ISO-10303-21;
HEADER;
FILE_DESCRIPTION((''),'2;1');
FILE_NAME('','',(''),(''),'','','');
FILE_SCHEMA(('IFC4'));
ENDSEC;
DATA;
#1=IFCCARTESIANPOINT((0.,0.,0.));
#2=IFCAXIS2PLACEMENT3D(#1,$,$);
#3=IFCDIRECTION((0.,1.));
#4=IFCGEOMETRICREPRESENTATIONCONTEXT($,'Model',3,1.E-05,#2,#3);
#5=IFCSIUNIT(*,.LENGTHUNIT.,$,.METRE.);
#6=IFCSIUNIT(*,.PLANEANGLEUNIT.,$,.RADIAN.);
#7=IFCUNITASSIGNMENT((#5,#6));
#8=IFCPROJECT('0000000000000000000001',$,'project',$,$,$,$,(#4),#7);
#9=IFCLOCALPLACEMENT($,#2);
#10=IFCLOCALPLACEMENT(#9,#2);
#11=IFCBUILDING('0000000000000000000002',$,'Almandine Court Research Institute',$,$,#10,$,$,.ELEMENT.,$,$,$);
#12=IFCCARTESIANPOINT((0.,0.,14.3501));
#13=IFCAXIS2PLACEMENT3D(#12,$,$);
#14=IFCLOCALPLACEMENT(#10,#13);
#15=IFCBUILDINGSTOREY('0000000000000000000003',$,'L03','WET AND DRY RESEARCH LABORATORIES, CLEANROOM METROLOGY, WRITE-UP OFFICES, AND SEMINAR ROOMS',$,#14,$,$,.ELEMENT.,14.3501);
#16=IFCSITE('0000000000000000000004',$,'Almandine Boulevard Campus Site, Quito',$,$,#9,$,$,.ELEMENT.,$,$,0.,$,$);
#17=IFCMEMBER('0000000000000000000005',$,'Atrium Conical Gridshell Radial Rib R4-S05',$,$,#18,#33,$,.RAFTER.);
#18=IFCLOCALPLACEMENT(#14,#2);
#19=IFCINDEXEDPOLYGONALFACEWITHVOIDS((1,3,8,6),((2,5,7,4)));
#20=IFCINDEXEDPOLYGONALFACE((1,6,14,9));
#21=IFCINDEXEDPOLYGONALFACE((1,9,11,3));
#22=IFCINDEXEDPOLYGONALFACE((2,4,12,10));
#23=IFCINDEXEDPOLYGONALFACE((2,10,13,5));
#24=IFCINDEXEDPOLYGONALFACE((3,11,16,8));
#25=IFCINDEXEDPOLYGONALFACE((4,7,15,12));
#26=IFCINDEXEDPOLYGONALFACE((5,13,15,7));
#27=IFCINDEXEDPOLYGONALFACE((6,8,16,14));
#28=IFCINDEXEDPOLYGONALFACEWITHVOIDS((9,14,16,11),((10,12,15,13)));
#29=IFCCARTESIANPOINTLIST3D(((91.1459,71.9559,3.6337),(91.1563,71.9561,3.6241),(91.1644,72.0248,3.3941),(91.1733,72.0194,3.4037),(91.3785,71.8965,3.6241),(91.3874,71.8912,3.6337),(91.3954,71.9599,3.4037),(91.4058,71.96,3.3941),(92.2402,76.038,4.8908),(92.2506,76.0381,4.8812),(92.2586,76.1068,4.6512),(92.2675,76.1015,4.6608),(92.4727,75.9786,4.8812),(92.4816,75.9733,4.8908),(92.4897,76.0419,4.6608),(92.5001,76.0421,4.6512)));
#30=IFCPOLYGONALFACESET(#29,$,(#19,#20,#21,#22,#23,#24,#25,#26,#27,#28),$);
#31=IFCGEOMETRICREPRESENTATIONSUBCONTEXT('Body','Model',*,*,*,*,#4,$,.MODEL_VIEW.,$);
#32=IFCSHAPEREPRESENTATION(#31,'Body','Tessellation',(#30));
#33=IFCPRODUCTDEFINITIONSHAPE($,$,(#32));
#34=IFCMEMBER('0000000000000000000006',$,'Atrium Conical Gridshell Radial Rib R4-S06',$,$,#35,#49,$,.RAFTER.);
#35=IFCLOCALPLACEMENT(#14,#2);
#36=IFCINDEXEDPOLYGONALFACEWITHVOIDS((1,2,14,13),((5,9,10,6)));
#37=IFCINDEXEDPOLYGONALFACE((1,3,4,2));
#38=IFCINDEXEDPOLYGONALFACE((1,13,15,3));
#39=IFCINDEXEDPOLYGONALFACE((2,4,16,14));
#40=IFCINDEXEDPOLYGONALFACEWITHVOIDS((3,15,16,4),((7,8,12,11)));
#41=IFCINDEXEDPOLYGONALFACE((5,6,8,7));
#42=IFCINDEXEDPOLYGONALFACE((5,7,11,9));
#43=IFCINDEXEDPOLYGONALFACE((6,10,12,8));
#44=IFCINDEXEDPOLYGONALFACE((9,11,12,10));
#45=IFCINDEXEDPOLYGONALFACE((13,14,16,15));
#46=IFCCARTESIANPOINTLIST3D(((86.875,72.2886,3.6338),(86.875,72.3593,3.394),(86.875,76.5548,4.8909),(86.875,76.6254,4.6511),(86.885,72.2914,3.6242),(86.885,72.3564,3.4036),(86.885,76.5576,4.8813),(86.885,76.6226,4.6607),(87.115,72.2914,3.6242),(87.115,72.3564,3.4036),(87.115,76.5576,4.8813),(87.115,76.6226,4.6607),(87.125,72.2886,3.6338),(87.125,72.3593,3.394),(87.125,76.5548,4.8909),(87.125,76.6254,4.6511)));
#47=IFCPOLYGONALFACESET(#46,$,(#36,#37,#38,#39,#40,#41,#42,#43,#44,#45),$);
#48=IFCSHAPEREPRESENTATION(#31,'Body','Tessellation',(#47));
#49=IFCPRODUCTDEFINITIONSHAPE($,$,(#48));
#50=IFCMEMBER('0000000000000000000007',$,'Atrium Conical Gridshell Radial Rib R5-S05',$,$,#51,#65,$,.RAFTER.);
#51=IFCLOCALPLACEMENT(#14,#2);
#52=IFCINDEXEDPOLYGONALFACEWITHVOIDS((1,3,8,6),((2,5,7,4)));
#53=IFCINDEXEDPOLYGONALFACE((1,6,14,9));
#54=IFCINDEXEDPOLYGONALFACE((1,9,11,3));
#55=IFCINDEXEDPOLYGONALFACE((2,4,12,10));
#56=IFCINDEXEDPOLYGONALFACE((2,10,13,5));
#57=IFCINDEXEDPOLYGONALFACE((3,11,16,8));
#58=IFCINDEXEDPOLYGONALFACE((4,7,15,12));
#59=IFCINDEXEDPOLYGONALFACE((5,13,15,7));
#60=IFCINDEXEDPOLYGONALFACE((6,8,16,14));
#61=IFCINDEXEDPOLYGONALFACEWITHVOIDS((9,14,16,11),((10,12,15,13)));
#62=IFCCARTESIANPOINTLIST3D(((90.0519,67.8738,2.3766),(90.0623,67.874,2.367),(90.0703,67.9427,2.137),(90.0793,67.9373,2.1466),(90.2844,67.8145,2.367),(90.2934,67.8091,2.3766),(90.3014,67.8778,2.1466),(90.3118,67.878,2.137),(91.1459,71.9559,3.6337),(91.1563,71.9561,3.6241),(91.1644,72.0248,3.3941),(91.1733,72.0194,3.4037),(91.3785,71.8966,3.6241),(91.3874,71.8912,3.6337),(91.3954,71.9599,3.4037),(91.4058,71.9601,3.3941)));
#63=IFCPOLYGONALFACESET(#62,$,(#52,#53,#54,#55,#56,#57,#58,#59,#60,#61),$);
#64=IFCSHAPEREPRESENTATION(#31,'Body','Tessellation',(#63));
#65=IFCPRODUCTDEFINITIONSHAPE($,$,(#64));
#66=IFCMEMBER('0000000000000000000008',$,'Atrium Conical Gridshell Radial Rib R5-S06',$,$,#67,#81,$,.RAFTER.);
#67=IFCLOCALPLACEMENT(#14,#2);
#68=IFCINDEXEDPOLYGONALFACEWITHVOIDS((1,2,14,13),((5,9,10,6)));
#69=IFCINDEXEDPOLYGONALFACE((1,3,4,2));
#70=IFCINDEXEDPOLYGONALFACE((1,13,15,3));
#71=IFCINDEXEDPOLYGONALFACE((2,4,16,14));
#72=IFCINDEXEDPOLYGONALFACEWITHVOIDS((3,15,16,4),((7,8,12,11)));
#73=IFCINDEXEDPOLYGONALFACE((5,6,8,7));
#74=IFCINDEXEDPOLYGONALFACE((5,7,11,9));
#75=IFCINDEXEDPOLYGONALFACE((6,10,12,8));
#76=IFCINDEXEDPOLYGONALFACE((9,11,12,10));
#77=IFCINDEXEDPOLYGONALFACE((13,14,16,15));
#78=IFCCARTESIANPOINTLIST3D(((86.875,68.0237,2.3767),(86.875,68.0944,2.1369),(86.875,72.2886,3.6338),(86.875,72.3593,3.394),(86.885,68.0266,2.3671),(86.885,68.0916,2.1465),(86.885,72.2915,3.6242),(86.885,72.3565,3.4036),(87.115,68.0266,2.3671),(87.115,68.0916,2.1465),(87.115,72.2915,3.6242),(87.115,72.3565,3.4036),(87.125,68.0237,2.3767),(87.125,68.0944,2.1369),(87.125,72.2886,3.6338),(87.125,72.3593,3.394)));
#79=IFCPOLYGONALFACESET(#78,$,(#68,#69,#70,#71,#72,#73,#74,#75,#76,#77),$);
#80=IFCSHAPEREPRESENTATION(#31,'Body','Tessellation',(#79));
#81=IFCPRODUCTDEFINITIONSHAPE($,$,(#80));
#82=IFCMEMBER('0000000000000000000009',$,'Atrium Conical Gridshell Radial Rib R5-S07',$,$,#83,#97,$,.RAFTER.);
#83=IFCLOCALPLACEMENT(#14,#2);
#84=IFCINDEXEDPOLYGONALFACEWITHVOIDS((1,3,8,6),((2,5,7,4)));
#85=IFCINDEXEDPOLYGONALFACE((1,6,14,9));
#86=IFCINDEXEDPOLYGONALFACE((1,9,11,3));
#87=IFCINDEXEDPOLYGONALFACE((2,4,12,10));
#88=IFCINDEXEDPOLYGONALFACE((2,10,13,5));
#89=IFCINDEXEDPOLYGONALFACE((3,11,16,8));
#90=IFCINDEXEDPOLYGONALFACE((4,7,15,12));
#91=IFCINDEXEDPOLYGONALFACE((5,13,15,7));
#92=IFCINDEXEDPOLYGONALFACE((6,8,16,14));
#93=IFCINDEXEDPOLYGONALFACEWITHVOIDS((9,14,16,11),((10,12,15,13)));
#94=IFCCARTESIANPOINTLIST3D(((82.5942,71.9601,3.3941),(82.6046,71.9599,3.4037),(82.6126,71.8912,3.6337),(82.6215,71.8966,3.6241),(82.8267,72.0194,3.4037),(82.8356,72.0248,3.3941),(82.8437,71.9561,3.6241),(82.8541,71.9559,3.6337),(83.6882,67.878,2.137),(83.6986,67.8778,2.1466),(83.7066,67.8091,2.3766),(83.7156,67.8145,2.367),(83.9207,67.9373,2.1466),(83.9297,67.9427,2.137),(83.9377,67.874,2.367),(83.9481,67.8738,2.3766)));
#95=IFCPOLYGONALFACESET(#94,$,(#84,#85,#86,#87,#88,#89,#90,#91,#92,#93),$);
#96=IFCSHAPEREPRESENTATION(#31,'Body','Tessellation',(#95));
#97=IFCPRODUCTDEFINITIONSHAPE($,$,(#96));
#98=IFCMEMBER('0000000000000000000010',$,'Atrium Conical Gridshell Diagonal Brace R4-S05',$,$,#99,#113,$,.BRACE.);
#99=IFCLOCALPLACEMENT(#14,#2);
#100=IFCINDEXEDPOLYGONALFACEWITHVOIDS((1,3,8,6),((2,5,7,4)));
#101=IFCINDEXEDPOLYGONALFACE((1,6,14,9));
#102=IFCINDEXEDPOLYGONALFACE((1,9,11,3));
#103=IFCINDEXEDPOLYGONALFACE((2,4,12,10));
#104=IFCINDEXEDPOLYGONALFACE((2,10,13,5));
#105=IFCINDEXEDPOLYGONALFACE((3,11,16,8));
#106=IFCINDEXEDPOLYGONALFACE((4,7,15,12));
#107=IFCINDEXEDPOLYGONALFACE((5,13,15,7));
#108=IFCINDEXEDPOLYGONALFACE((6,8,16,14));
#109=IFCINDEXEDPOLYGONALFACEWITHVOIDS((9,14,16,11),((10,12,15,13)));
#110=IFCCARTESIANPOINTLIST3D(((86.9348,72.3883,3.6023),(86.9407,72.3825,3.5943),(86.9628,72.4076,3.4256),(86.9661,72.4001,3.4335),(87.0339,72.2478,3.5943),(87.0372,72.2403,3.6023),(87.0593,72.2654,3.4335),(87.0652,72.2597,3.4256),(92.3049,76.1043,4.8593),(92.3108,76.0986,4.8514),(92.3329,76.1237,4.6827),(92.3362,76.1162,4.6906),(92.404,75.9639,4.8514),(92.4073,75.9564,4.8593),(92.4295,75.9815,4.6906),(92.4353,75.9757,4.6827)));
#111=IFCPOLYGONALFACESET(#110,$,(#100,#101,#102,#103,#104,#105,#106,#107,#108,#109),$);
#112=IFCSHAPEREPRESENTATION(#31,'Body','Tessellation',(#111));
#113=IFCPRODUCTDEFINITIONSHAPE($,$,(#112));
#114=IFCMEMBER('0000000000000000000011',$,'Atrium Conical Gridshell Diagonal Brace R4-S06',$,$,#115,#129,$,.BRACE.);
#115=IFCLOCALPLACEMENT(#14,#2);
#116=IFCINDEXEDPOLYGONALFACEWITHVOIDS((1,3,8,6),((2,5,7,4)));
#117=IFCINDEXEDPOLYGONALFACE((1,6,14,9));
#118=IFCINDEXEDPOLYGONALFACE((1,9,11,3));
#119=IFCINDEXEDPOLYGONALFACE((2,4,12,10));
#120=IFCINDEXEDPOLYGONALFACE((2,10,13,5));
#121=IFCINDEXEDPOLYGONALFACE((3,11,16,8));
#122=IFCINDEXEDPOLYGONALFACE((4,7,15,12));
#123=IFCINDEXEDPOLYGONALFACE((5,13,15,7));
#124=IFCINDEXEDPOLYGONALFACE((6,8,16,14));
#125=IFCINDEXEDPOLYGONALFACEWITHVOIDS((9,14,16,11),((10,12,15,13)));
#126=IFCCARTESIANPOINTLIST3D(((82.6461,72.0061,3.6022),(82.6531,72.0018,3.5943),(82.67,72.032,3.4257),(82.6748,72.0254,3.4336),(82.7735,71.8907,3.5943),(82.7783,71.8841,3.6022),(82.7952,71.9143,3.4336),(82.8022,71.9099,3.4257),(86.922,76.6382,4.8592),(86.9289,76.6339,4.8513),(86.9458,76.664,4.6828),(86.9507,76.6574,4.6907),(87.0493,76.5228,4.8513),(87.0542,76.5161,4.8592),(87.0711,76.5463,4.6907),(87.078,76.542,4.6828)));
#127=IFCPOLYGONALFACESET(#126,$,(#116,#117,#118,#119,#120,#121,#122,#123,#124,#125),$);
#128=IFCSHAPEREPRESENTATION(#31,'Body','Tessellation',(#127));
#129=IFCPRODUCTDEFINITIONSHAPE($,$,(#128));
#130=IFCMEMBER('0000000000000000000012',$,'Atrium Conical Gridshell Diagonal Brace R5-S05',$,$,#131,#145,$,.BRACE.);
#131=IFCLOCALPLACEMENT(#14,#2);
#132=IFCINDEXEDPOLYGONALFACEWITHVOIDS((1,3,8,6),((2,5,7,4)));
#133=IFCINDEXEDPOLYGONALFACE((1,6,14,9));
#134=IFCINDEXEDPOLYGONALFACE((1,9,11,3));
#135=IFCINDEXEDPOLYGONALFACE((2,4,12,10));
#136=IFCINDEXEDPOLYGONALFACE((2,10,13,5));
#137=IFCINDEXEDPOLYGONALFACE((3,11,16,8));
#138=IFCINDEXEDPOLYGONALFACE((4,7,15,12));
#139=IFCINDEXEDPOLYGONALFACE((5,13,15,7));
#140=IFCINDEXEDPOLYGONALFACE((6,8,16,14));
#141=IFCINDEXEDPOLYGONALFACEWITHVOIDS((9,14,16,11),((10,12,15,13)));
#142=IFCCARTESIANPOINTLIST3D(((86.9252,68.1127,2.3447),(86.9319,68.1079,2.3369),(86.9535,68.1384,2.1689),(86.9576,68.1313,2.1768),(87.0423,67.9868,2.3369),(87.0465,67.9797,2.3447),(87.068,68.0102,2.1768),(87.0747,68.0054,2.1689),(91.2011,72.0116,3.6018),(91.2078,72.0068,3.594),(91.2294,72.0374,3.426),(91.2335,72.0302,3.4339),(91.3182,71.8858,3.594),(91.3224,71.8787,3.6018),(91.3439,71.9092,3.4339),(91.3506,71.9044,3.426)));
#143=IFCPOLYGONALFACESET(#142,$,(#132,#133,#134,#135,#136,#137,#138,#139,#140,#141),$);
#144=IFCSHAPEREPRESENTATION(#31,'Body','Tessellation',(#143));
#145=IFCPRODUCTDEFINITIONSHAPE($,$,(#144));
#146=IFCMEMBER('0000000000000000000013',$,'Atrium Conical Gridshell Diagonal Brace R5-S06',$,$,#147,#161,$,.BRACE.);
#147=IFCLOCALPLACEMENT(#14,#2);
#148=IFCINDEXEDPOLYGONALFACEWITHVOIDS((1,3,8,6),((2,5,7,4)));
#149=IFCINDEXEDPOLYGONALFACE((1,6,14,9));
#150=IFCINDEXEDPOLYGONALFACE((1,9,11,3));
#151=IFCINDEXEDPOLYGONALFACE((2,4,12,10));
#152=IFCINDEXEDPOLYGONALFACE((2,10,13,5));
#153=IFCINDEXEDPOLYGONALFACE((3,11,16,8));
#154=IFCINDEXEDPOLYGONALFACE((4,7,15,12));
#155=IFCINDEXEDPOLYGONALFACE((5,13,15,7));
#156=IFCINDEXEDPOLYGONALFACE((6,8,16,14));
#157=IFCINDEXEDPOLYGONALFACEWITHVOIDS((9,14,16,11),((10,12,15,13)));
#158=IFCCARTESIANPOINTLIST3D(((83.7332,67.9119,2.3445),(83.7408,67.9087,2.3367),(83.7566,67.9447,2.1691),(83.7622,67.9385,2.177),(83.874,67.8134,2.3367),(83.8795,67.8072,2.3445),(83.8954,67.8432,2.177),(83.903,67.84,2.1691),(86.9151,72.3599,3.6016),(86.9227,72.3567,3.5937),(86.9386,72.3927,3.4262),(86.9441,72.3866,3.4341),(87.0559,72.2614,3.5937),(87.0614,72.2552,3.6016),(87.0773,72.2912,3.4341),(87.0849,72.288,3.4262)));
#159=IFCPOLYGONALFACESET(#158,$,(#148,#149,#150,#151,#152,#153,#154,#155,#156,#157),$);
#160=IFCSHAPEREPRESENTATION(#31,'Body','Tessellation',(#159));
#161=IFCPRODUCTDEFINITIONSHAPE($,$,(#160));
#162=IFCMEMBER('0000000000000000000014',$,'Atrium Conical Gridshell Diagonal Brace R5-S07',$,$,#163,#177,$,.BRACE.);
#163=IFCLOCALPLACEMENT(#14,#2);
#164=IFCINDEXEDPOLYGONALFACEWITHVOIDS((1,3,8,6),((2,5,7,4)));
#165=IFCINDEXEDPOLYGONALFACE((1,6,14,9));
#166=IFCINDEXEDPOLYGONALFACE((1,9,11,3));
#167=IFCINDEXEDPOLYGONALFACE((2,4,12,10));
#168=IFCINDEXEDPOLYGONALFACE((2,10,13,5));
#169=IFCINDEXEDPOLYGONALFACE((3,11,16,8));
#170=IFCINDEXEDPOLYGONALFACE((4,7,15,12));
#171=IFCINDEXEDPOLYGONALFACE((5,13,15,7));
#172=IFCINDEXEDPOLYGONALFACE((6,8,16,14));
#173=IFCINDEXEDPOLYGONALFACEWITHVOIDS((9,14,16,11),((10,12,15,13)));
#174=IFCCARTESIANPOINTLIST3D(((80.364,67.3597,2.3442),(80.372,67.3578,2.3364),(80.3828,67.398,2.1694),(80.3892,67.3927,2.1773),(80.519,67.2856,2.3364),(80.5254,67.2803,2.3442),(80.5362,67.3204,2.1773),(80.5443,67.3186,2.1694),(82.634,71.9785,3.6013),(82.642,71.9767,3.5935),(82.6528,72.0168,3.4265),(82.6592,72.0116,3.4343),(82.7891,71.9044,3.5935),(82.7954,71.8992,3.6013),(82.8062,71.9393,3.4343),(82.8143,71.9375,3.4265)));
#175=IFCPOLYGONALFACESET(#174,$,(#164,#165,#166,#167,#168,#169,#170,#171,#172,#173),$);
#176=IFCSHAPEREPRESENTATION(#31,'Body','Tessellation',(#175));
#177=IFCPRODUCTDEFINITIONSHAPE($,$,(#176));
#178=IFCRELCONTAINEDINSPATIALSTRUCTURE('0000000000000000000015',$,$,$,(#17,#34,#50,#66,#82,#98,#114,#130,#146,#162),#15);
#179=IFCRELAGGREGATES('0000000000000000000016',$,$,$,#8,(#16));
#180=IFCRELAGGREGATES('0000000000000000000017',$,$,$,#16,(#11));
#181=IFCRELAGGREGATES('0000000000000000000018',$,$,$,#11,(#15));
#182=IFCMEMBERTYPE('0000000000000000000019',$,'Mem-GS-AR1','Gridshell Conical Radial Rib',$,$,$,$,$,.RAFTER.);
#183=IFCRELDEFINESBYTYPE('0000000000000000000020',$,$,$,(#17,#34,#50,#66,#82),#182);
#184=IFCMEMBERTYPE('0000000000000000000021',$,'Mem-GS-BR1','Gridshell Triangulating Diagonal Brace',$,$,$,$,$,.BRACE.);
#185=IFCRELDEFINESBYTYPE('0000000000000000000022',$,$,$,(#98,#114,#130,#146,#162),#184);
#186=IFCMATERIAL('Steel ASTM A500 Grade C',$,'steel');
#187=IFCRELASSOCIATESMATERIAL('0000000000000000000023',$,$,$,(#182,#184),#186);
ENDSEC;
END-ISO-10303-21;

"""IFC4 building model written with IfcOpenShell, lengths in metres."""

from ifc_helpers import new_model, si_unit, direction, frame, origin, origin_2d, place, context, subcontext, project, spatial, hollow_rectangle, extrude, material, material_profile, profile_set, type_object, element, save


model = new_model("IFC4")

# Units and contexts
model_context = context("Model", 3, precision=1e-05, world=origin(), true_north=direction((0.0, 1.0)))
body_context = subcontext(model_context, "Body", "Model", "MODEL_VIEW")
ifc_project = project(units=[si_unit("LENGTHUNIT", "METRE"), si_unit("PLANEANGLEUNIT", "RADIAN")], contexts=[model_context])

# Site, building, storey
site_placement = place(None, origin())
site = spatial("IfcSite", under=ifc_project, at=site_placement, Name="Almandine Boulevard Campus Site, Quito", CompositionType="ELEMENT", RefElevation=0.0)
building_placement = place(site_placement, origin())
building = spatial("IfcBuilding", under=site, at=building_placement, Name="Almandine Court Research Institute", CompositionType="ELEMENT")
storey_placement = place(building_placement, frame((0.0, 0.0, 14.3501)))
storey = spatial("IfcBuildingStorey", under=building, at=storey_placement, Name="L03", Description="WET AND DRY RESEARCH LABORATORIES, CLEANROOM METROLOGY, WRITE-UP OFFICES, AND SEMINAR ROOMS", CompositionType="ELEMENT", Elevation=14.3501)

# Members
ifc_material_1 = material(Name="Steel ASTM A500 Grade C", Category="steel")
ifc_material_profile_1 = material_profile(ifc_material_1, hollow_rectangle(XDim=0.25, YDim=0.25, WallThickness=0.01, at=origin_2d()), Name="HSS 250x250x10")
ifc_profile_set_1 = profile_set([ifc_material_profile_1], Name="Steel ASTM A500 Grade C")
member_type_1 = type_object("IfcMemberType", Name="Mem-GS-AR1", Description="Gridshell Conical Radial Rib", PredefinedType="RAFTER", material=ifc_profile_set_1)
member_1_placement = place(storey_placement, frame((92.3701, 76.04, 4.771), z_axis=(-0.248175, -0.92581, -0.285107), x_axis=(0.965899, -0.258921, 0.0)))
element("IfcMember", 1, at=member_1_placement, inside=storey, type_object=member_type_1, Name="Atrium Conical Gridshell Radial Rib R4-S05", PredefinedType="RAFTER", context=body_context, shape_type="SweptSolid", body=[
    extrude(hollow_rectangle(XDim=0.25, YDim=0.25, WallThickness=0.01, at=origin_2d()), origin(), (0.0, 0.0, 1.0), 4.4092),
])
member_2_placement = place(storey_placement, frame((87.0, 76.5901, 4.771), z_axis=(0.0, -0.959223, -0.282651), x_axis=(1.0, 0.0, 0.0)))
element("IfcMember", 2, at=member_2_placement, inside=storey, type_object=member_type_1, Name="Atrium Conical Gridshell Radial Rib R4-S06", PredefinedType="RAFTER", context=body_context, shape_type="SweptSolid", body=[
    extrude(hollow_rectangle(XDim=0.25, YDim=0.25, WallThickness=0.01, at=origin_2d()), origin(), (0.0, 0.0, 1.0), 4.4475),
])
member_3_placement = place(storey_placement, frame((91.2759, 71.958, 3.5139), z_axis=(-0.248123, -0.925822, -0.285111), x_axis=(0.965913, -0.258867, 0.0)))
element("IfcMember", 3, at=member_3_placement, inside=storey, type_object=member_type_1, Name="Atrium Conical Gridshell Radial Rib R5-S05", PredefinedType="RAFTER", context=body_context, shape_type="SweptSolid", body=[
    extrude(hollow_rectangle(XDim=0.25, YDim=0.25, WallThickness=0.01, at=origin_2d()), origin(), (0.0, 0.0, 1.0), 4.4092),
])
member_4_placement = place(storey_placement, frame((87.0, 72.324, 3.5139), z_axis=(0.0, -0.959201, -0.282725), x_axis=(1.0, 0.0, 0.0)))
element("IfcMember", 4, at=member_4_placement, inside=storey, type_object=member_type_1, Name="Atrium Conical Gridshell Radial Rib R5-S06", PredefinedType="RAFTER", context=body_context, shape_type="SweptSolid", body=[
    extrude(hollow_rectangle(XDim=0.25, YDim=0.25, WallThickness=0.01, at=origin_2d()), origin(), (0.0, 0.0, 1.0), 4.4463),
])
member_5_placement = place(storey_placement, frame((82.7241, 71.958, 3.5139), z_axis=(0.248123, -0.925822, -0.285111), x_axis=(0.965913, 0.258867, 0.0)))
element("IfcMember", 5, at=member_5_placement, inside=storey, type_object=member_type_1, Name="Atrium Conical Gridshell Radial Rib R5-S07", PredefinedType="RAFTER", context=body_context, shape_type="SweptSolid", body=[
    extrude(hollow_rectangle(XDim=0.25, YDim=0.25, WallThickness=0.01, at=origin_2d()), origin(), (0.0, 0.0, 1.0), 4.4092),
])
ifc_material_profile_2 = material_profile(ifc_material_1, hollow_rectangle(XDim=0.1799, YDim=0.1799, WallThickness=0.0081, at=origin_2d()), Name="HSS 180x180x8")
ifc_profile_set_2 = profile_set([ifc_material_profile_2], Name="Steel ASTM A500 Grade C")
member_type_2 = type_object("IfcMemberType", Name="Mem-GS-BR1", Description="Gridshell Triangulating Diagonal Brace", PredefinedType="BRACE", material=ifc_profile_set_2)
member_6_placement = place(storey_placement, frame((92.3701, 76.04, 4.771), z_axis=(-0.80749, -0.558775, -0.189024), x_axis=(0.569033, -0.822315, 0.0)))
element("IfcMember", 6, at=member_6_placement, inside=storey, type_object=member_type_2, Name="Atrium Conical Gridshell Diagonal Brace R4-S05", PredefinedType="BRACE", context=body_context, shape_type="SweptSolid", body=[
    extrude(hollow_rectangle(XDim=0.1799, YDim=0.1799, WallThickness=0.0081, at=origin_2d()), origin(), (0.0, 0.0, 1.0), 6.6504),
])
member_7_placement = place(storey_placement, frame((87.0, 76.5901, 4.771), z_axis=(-0.665193, -0.720607, -0.195562), x_axis=(0.734795, -0.67829, 0.0)))
element("IfcMember", 7, at=member_7_placement, inside=storey, type_object=member_type_2, Name="Atrium Conical Gridshell Diagonal Brace R4-S06", PredefinedType="BRACE", context=body_context, shape_type="SweptSolid", body=[
    extrude(hollow_rectangle(XDim=0.1799, YDim=0.1799, WallThickness=0.0081, at=origin_2d()), origin(), (0.0, 0.0, 1.0), 6.428),
])
member_8_placement = place(storey_placement, frame((91.2759, 71.958, 3.5139), z_axis=(-0.722085, -0.658428, -0.212288), x_axis=(0.673785, -0.738927, 0.0)))
element("IfcMember", 8, at=member_8_placement, inside=storey, type_object=member_type_2, Name="Atrium Conical Gridshell Diagonal Brace R5-S05", PredefinedType="BRACE", context=body_context, shape_type="SweptSolid", body=[
    extrude(hollow_rectangle(XDim=0.1799, YDim=0.1799, WallThickness=0.0081, at=origin_2d()), origin(), (0.0, 0.0, 1.0), 5.9216),
])
member_9_placement = place(storey_placement, frame((87.0, 72.324, 3.5139), z_axis=(-0.567026, -0.792653, -0.224017), x_axis=(0.813323, -0.581812, 0.0)))
element("IfcMember", 9, at=member_9_placement, inside=storey, type_object=member_type_2, Name="Atrium Conical Gridshell Diagonal Brace R5-S06", PredefinedType="BRACE", context=body_context, shape_type="SweptSolid", body=[
    extrude(hollow_rectangle(XDim=0.1799, YDim=0.1799, WallThickness=0.0081, at=origin_2d()), origin(), (0.0, 0.0, 1.0), 5.6116),
])
member_10_placement = place(storey_placement, frame((82.7241, 71.958, 3.5139), z_axis=(-0.428478, -0.87184, -0.23728), x_axis=(0.897471, -0.441074, 0.0)))
element("IfcMember", 10, at=member_10_placement, inside=storey, type_object=member_type_2, Name="Atrium Conical Gridshell Diagonal Brace R5-S07", PredefinedType="BRACE", context=body_context, shape_type="SweptSolid", body=[
    extrude(hollow_rectangle(XDim=0.1799, YDim=0.1799, WallThickness=0.0081, at=origin_2d()), origin(), (0.0, 0.0, 1.0), 5.2979),
])

save(model, "model.ifc")
